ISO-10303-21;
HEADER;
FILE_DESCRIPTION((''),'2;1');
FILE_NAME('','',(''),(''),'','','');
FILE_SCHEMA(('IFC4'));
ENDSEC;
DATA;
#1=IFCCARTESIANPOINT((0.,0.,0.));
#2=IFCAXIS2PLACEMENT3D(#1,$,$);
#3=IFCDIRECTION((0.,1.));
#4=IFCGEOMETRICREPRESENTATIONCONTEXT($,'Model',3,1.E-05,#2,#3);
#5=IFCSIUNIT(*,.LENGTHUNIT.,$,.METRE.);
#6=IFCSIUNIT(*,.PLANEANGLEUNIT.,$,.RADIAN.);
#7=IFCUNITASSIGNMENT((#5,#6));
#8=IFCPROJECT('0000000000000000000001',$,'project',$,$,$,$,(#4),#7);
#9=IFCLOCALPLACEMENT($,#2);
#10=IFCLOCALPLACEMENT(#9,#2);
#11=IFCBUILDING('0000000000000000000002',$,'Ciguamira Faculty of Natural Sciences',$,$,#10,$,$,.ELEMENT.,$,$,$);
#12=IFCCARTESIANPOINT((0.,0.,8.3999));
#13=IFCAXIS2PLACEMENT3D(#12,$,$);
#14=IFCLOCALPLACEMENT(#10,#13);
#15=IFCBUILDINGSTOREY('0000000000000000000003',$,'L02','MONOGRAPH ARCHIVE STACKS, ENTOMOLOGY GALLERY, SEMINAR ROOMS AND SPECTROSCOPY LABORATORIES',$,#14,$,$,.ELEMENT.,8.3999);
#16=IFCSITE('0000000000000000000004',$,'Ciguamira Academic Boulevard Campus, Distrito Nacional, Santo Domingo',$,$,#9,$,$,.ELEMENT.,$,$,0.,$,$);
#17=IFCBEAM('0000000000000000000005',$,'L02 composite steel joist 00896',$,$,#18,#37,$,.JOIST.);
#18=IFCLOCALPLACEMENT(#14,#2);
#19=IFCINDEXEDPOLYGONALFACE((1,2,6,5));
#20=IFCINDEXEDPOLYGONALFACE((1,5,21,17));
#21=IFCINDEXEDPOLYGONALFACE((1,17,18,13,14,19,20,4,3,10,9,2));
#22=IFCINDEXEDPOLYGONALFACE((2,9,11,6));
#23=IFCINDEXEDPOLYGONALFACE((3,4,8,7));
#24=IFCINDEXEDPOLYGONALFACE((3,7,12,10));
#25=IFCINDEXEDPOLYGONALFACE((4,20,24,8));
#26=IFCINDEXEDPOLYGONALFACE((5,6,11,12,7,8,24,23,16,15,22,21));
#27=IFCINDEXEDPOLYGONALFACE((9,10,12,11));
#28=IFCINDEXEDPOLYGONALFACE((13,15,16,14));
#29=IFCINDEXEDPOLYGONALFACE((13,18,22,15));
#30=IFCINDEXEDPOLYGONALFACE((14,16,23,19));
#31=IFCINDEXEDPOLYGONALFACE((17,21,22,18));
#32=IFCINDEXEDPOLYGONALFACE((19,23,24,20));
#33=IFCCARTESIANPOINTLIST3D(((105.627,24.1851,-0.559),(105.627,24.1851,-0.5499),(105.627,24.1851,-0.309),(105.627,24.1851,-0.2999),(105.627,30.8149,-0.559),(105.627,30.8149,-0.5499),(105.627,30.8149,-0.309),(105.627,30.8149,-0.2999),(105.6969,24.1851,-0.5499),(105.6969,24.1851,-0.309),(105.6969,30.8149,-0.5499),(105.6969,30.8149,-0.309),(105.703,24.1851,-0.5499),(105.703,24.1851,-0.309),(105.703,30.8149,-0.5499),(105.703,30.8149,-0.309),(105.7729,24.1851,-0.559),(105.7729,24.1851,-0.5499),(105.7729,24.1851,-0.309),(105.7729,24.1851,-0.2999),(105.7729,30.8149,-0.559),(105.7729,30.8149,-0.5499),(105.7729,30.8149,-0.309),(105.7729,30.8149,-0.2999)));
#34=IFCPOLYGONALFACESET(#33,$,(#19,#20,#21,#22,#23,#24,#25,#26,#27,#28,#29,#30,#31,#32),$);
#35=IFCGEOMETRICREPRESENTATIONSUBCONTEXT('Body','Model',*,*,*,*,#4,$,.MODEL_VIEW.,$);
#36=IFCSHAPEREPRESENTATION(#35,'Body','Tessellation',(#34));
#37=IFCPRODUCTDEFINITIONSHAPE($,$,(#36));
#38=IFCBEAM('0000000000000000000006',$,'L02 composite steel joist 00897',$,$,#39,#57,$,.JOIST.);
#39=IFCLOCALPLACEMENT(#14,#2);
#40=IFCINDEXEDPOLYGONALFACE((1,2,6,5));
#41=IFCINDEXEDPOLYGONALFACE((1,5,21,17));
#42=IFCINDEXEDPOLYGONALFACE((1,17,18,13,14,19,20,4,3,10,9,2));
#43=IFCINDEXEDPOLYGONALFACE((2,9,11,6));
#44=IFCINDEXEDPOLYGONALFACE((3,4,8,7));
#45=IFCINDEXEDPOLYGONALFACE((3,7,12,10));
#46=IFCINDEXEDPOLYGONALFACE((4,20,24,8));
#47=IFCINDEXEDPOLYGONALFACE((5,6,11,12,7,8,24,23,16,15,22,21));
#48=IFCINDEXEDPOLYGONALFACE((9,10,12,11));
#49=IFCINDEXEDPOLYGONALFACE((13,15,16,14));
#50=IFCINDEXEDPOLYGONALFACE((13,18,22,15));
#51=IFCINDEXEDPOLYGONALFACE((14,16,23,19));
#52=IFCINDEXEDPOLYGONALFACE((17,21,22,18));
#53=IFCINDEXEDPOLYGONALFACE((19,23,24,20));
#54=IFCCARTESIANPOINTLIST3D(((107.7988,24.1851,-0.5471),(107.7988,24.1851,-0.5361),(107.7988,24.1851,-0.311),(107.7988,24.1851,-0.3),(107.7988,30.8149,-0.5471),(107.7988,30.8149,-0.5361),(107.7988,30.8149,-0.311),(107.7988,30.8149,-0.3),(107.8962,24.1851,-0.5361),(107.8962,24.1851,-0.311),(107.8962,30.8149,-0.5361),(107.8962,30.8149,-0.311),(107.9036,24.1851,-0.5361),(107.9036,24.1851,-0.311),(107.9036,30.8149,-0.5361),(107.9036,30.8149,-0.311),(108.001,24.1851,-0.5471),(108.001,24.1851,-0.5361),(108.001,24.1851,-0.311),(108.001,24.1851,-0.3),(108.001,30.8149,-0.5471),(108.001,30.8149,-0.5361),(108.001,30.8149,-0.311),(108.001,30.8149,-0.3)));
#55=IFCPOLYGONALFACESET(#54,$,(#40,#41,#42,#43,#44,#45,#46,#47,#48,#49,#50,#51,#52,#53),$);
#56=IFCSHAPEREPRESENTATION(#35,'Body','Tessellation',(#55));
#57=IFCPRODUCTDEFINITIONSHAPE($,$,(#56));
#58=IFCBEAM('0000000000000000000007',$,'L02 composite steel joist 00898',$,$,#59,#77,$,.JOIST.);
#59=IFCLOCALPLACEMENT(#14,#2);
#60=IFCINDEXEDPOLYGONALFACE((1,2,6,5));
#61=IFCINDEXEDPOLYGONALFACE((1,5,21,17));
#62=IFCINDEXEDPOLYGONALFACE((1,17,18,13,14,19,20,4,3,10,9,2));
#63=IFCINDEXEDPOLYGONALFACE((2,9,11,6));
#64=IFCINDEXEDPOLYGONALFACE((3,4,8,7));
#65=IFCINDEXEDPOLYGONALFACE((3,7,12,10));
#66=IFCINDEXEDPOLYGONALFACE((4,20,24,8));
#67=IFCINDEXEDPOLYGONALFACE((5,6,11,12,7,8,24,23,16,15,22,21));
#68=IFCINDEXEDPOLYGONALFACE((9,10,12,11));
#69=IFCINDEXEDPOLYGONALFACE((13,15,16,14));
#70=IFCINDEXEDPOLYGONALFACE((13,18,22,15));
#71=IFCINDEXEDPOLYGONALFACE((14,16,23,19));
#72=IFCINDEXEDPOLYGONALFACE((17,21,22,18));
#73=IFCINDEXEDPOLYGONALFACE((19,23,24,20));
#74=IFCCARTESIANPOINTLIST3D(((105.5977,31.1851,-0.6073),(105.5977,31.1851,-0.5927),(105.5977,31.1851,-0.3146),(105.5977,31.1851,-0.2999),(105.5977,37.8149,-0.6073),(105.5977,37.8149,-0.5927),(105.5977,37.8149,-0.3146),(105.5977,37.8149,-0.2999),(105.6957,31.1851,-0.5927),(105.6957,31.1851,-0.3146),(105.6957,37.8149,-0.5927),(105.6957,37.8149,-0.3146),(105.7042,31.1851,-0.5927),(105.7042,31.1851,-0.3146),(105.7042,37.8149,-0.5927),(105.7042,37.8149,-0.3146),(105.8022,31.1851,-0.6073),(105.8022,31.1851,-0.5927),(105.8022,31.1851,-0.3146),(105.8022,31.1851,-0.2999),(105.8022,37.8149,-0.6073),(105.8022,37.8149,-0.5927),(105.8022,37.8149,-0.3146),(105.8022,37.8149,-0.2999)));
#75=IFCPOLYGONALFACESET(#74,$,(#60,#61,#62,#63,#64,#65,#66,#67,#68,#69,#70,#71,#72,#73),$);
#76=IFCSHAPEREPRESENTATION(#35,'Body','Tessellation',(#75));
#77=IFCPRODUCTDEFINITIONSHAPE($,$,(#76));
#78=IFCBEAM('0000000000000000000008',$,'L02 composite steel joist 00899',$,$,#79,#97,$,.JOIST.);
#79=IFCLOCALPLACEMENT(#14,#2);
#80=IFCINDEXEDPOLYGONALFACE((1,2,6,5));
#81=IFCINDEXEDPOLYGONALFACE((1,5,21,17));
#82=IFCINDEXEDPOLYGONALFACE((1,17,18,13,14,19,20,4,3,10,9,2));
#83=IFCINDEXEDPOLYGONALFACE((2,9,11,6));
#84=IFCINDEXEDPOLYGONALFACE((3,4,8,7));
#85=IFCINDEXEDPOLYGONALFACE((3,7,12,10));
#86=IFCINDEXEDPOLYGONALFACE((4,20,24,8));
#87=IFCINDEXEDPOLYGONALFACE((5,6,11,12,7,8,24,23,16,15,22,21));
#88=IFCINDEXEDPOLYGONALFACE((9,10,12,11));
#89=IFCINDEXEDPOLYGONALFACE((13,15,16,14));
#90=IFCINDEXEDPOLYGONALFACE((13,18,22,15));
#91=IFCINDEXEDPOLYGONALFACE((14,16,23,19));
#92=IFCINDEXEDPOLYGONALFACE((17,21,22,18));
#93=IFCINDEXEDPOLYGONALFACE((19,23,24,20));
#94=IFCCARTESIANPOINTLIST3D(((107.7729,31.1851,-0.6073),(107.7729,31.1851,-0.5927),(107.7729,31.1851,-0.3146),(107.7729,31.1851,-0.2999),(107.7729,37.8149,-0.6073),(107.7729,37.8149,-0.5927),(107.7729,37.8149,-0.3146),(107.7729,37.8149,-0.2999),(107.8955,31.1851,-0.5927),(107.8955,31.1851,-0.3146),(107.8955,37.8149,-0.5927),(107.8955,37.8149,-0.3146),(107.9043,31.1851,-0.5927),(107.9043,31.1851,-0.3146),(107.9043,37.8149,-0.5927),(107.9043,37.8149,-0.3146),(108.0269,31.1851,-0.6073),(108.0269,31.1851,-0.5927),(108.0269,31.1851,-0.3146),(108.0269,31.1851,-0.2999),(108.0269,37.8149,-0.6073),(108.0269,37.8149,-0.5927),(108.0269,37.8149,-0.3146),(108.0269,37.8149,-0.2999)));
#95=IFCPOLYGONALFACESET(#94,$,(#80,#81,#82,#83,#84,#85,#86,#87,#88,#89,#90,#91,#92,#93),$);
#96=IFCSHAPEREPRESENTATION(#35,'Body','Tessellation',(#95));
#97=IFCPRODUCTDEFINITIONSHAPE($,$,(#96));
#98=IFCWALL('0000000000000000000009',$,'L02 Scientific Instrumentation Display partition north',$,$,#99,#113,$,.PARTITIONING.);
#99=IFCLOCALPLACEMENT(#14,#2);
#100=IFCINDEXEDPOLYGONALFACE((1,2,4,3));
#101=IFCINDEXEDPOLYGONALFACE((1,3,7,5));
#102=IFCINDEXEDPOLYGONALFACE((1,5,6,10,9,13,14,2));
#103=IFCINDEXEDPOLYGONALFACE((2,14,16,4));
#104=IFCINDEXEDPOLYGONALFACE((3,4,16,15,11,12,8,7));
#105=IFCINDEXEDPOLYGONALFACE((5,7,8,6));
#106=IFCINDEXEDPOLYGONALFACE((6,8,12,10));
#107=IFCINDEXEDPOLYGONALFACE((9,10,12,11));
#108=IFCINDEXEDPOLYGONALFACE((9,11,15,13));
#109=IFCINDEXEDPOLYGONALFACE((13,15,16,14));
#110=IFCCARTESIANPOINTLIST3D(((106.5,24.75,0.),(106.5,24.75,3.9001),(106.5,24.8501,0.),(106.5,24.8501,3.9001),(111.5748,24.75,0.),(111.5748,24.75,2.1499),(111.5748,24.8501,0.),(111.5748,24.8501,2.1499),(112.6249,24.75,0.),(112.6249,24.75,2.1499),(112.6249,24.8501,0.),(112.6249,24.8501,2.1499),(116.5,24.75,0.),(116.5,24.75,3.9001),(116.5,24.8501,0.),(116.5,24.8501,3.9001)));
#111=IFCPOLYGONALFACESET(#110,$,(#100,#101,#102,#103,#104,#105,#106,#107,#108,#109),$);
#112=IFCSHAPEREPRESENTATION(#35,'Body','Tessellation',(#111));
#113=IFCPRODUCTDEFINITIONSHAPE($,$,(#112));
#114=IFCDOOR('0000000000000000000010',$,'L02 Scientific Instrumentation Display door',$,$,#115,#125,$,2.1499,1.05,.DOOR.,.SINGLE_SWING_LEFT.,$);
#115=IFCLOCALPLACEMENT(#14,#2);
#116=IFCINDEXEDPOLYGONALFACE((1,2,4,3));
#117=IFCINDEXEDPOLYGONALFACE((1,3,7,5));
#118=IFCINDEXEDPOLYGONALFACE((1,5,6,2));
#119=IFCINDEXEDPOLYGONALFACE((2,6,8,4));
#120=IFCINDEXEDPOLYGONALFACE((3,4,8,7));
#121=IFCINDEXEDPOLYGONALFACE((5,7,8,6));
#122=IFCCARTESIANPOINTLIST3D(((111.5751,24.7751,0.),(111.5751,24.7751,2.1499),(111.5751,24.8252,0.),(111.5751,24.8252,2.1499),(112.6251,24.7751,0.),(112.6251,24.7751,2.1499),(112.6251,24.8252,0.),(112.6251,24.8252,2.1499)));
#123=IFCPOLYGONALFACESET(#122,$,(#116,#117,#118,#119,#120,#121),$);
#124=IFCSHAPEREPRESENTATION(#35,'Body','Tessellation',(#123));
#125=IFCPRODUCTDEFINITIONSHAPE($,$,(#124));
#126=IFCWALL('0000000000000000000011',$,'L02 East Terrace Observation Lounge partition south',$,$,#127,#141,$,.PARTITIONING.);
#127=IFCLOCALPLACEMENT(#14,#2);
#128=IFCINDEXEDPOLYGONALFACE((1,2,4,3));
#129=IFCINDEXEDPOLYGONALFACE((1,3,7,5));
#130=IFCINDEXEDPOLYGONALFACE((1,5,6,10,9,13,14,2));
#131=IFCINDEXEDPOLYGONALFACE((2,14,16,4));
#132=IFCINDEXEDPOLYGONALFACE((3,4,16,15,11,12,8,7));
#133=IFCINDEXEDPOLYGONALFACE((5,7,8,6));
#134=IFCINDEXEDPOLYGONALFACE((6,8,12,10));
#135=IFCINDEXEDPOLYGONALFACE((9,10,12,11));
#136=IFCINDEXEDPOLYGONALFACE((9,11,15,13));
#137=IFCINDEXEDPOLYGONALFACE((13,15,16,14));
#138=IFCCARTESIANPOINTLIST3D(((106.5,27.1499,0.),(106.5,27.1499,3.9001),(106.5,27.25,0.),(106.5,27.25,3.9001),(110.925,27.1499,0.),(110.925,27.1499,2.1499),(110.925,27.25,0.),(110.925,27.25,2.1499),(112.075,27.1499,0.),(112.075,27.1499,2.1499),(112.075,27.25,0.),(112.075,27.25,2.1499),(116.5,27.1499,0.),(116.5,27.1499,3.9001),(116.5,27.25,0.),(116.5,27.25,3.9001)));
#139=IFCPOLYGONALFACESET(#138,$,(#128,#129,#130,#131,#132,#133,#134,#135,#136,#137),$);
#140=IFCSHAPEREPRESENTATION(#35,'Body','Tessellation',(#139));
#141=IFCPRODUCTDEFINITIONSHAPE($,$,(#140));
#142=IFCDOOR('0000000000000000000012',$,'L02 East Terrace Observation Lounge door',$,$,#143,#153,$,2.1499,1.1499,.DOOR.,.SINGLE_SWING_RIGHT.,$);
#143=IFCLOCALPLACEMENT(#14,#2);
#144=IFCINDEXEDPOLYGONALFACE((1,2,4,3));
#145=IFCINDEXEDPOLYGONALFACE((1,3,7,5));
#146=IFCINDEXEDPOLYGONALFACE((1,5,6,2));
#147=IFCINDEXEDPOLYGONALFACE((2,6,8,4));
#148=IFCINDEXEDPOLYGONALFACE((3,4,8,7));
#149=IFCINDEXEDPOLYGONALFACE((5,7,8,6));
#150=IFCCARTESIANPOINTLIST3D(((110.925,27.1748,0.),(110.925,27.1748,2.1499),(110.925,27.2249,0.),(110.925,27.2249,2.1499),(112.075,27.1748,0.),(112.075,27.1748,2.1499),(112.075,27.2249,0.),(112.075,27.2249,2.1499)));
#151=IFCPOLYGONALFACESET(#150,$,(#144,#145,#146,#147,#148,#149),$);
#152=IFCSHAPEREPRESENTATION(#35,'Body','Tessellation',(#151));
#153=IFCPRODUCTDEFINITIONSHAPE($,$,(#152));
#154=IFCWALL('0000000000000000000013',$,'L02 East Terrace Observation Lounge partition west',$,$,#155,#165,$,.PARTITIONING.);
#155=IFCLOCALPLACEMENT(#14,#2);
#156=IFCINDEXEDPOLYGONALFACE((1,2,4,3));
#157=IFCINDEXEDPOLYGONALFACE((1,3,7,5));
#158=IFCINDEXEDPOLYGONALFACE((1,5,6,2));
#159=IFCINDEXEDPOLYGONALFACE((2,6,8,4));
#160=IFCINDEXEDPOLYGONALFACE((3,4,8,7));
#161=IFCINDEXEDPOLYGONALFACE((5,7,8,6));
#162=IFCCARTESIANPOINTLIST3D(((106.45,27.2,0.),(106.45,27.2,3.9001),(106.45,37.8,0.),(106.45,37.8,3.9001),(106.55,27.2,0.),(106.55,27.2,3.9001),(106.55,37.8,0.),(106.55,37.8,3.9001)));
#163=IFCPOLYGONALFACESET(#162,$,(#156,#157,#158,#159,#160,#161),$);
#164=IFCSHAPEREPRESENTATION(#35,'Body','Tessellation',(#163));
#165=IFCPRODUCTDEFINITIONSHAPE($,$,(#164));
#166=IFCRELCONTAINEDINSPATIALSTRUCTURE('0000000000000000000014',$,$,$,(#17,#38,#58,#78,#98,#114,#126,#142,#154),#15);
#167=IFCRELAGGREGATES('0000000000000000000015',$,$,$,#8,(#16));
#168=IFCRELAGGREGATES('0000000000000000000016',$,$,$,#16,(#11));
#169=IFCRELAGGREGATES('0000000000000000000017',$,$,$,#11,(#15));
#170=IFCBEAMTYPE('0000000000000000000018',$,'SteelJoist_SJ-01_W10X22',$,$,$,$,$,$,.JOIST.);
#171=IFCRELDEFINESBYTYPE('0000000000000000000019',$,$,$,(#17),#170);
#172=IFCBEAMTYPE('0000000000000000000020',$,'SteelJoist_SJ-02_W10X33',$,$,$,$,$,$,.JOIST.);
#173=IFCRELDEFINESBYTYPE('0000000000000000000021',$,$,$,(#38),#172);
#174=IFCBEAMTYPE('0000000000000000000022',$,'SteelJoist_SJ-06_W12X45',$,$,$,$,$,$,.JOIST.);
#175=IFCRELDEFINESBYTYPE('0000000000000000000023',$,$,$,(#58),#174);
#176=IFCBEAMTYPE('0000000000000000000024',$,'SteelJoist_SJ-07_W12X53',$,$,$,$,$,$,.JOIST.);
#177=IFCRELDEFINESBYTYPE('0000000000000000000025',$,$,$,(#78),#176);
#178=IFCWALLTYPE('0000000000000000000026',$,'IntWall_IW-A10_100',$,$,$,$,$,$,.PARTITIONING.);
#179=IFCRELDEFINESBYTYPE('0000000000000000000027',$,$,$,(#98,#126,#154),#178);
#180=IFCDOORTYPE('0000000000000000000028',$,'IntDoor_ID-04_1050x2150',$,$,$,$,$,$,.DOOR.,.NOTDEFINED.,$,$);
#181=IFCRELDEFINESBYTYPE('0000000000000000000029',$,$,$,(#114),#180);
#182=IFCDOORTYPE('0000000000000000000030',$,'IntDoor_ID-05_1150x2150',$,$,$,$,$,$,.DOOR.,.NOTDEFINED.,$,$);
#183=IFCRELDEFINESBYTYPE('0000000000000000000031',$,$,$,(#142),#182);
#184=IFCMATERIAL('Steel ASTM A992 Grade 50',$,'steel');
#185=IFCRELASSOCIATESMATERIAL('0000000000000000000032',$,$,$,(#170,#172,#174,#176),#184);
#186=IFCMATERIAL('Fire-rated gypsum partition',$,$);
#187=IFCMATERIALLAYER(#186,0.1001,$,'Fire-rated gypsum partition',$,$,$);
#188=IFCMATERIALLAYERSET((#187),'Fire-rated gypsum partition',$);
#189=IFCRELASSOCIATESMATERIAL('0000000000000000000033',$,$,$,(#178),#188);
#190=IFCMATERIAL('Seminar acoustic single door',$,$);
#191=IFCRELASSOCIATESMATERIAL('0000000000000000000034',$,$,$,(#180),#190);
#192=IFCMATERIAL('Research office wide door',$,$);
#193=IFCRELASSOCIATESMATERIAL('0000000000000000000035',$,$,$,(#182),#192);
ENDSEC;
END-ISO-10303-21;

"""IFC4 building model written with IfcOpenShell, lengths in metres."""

from ifc_helpers import new_model, si_unit, direction, frame, frame_2d, origin, origin_2d, place, context, subcontext, project, spatial, rectangle, i_section, extrude, material, layer, layer_set, material_profile, profile_set, type_object, element, fill, save


model = new_model("IFC4")

# Units and contexts
model_context = context("Model", 3, precision=1e-05, world=origin(), true_north=direction((0.0, 1.0)))
body_context = subcontext(model_context, "Body", "Model", "MODEL_VIEW")
ifc_project = project(units=[si_unit("LENGTHUNIT", "METRE"), si_unit("PLANEANGLEUNIT", "RADIAN")], contexts=[model_context])

# Site, building, storey
site_placement = place(None, origin())
site = spatial("IfcSite", under=ifc_project, at=site_placement, Name="Ciguamira Academic Boulevard Campus, Distrito Nacional, Santo Domingo", CompositionType="ELEMENT", RefElevation=0.0)
building_placement = place(site_placement, origin())
building = spatial("IfcBuilding", under=site, at=building_placement, Name="Ciguamira Faculty of Natural Sciences", CompositionType="ELEMENT")
storey_placement = place(building_placement, frame((0.0, 0.0, 8.3999)))
storey = spatial("IfcBuildingStorey", under=building, at=storey_placement, Name="L02", Description="MONOGRAPH ARCHIVE STACKS, ENTOMOLOGY GALLERY, SEMINAR ROOMS AND SPECTROSCOPY LABORATORIES", CompositionType="ELEMENT", Elevation=8.3999)

# Beams
ifc_material_1 = material(Name="Steel ASTM A992 Grade 50", Category="steel")
ifc_material_profile_1 = material_profile(ifc_material_1, i_section(OverallWidth=0.146, OverallDepth=0.259, WebThickness=0.0061, FlangeThickness=0.009, at=origin_2d()), Name="W10X22")
ifc_profile_set_1 = profile_set([ifc_material_profile_1], Name="Steel ASTM A992 Grade 50")
beam_type_1 = type_object("IfcBeamType", Name="SteelJoist_SJ-01_W10X22", PredefinedType="JOIST", material=ifc_profile_set_1)
beam_1_placement = place(storey_placement, frame((105.7, 24.1851, -0.4294), z_axis=(0.0, 1.0, 0.0), x_axis=(-1.0, 0.0, 0.0)))
element("IfcBeam", 1, at=beam_1_placement, inside=storey, type_object=beam_type_1, Name="L02 composite steel joist 00896", PredefinedType="JOIST", context=body_context, shape_type="SweptSolid", body=[
    extrude(i_section(OverallWidth=0.146, OverallDepth=0.259, WebThickness=0.0061, FlangeThickness=0.009, at=origin_2d()), origin(), (0.0, 0.0, 1.0), 6.6299),
])
ifc_material_profile_2 = material_profile(ifc_material_1, i_section(OverallWidth=0.2021, OverallDepth=0.2471, WebThickness=0.0073, FlangeThickness=0.011, at=origin_2d()), Name="W10X33")
ifc_profile_set_2 = profile_set([ifc_material_profile_2], Name="Steel ASTM A992 Grade 50")
beam_type_2 = type_object("IfcBeamType", Name="SteelJoist_SJ-02_W10X33", PredefinedType="JOIST", material=ifc_profile_set_2)
beam_2_placement = place(storey_placement, frame((107.8999, 24.1851, -0.4236), z_axis=(0.0, 1.0, 0.0), x_axis=(-1.0, 0.0, 0.0)))
element("IfcBeam", 2, at=beam_2_placement, inside=storey, type_object=beam_type_2, Name="L02 composite steel joist 00897", PredefinedType="JOIST", context=body_context, shape_type="SweptSolid", body=[
    extrude(i_section(OverallWidth=0.2021, OverallDepth=0.2471, WebThickness=0.0073, FlangeThickness=0.011, at=origin_2d()), origin(), (0.0, 0.0, 1.0), 6.6299),
])
ifc_material_profile_3 = material_profile(ifc_material_1, i_section(OverallWidth=0.2046, OverallDepth=0.3074, WebThickness=0.0085, FlangeThickness=0.0146, at=origin_2d()), Name="W12X45")
ifc_profile_set_3 = profile_set([ifc_material_profile_3], Name="Steel ASTM A992 Grade 50")
beam_type_3 = type_object("IfcBeamType", Name="SteelJoist_SJ-06_W12X45", PredefinedType="JOIST", material=ifc_profile_set_3)
beam_3_placement = place(storey_placement, frame((105.7, 31.1851, -0.4536), z_axis=(0.0, 1.0, 0.0), x_axis=(-1.0, 0.0, 0.0)))
element("IfcBeam", 3, at=beam_3_placement, inside=storey, type_object=beam_type_3, Name="L02 composite steel joist 00898", PredefinedType="JOIST", context=body_context, shape_type="SweptSolid", body=[
    extrude(i_section(OverallWidth=0.2046, OverallDepth=0.3074, WebThickness=0.0085, FlangeThickness=0.0146, at=origin_2d()), origin(), (0.0, 0.0, 1.0), 6.6299),
])
ifc_material_profile_4 = material_profile(ifc_material_1, i_section(OverallWidth=0.2539, OverallDepth=0.3074, WebThickness=0.0088, FlangeThickness=0.0146, at=origin_2d()), Name="W12X53")
ifc_profile_set_4 = profile_set([ifc_material_profile_4], Name="Steel ASTM A992 Grade 50")
beam_type_4 = type_object("IfcBeamType", Name="SteelJoist_SJ-07_W12X53", PredefinedType="JOIST", material=ifc_profile_set_4)
beam_4_placement = place(storey_placement, frame((107.8999, 31.1851, -0.4536), z_axis=(0.0, 1.0, 0.0), x_axis=(-1.0, 0.0, 0.0)))
element("IfcBeam", 4, at=beam_4_placement, inside=storey, type_object=beam_type_4, Name="L02 composite steel joist 00899", PredefinedType="JOIST", context=body_context, shape_type="SweptSolid", body=[
    extrude(i_section(OverallWidth=0.2539, OverallDepth=0.3074, WebThickness=0.0088, FlangeThickness=0.0146, at=origin_2d()), origin(), (0.0, 0.0, 1.0), 6.6299),
])

# Walls, openings, doors
ifc_material_2 = material(Name="Fire-rated gypsum partition")
ifc_layer = layer(ifc_material_2, 0.1001, Name="Fire-rated gypsum partition")
ifc_layer_set = layer_set([ifc_layer], Name="Fire-rated gypsum partition")
wall_type = type_object("IfcWallType", Name="IntWall_IW-A10_100", PredefinedType="PARTITIONING", material=ifc_layer_set)
wall_1_placement = place(storey_placement, frame((106.5, 24.8, 0.0), z_axis=(0.0, 0.0, 1.0), x_axis=(1.0, 0.0, 0.0)))
wall_1 = element("IfcWall", 5, at=wall_1_placement, inside=storey, type_object=wall_type, Name="L02 Scientific Instrumentation Display partition north", PredefinedType="PARTITIONING", context=body_context, shape_type="SweptSolid", body=[
    extrude(rectangle(XDim=10.0, YDim=0.1001, at=frame_2d((5.0, 0.0))), origin(), (0.0, 0.0, 1.0), 3.9001),
])
opening_1_placement = place(wall_1_placement, frame((5.075, 0.0, 0.0)))
opening_1 = element("IfcOpeningElement", 6, at=opening_1_placement, cuts=wall_1, PredefinedType="OPENING", context=body_context, shape_type="SweptSolid", body=[
    extrude(rectangle(XDim=1.05, YDim=2.1499, at=frame_2d((0.5249, 1.075))), frame((0.0, 0.0601, 0.0), z_axis=(0.0, -1.0, 0.0), x_axis=(1.0, 0.0, 0.0)), (0.0, 0.0, 1.0), 0.1201),
])
ifc_material_3 = material(Name="Seminar acoustic single door")
door_type_1 = type_object("IfcDoorType", Name="IntDoor_ID-04_1050x2150", OperationType="NOTDEFINED", PredefinedType="DOOR", material=ifc_material_3)
door_1_placement = place(opening_1_placement, frame((1.05, 0.0, 0.0), z_axis=(0.0, 0.0, 1.0), x_axis=(-1.0, 0.0, 0.0)))
door_1 = element("IfcDoor", 7, at=door_1_placement, inside=storey, type_object=door_type_1, Name="L02 Scientific Instrumentation Display door", OperationType="SINGLE_SWING_LEFT", OverallHeight=2.1499, OverallWidth=1.05, PredefinedType="DOOR", context=body_context, shape_type="SweptSolid", body=[
    extrude(rectangle(XDim=1.05, YDim=2.1499, at=frame_2d((0.5249, 1.075))), frame((0.0, 0.0249, 0.0), z_axis=(0.0, -1.0, 0.0), x_axis=(1.0, 0.0, 0.0)), (0.0, 0.0, 1.0), 0.05),
])
fill(opening_1, door_1)
wall_2_placement = place(storey_placement, frame((106.5, 27.2, 0.0), z_axis=(0.0, 0.0, 1.0), x_axis=(1.0, 0.0, 0.0)))
wall_2 = element("IfcWall", 8, at=wall_2_placement, inside=storey, type_object=wall_type, Name="L02 East Terrace Observation Lounge partition south", PredefinedType="PARTITIONING", context=body_context, shape_type="SweptSolid", body=[
    extrude(rectangle(XDim=10.0, YDim=0.1001, at=frame_2d((5.0, 0.0))), origin(), (0.0, 0.0, 1.0), 3.9001),
])
opening_2_placement = place(wall_2_placement, frame((4.425, 0.0, 0.0)))
opening_2 = element("IfcOpeningElement", 9, at=opening_2_placement, cuts=wall_2, PredefinedType="OPENING", context=body_context, shape_type="SweptSolid", body=[
    extrude(rectangle(XDim=1.1499, YDim=2.1499, at=frame_2d((0.575, 1.075))), frame((0.0, 0.0601, 0.0), z_axis=(0.0, -1.0, 0.0), x_axis=(1.0, 0.0, 0.0)), (0.0, 0.0, 1.0), 0.1201),
])
ifc_material_4 = material(Name="Research office wide door")
door_type_2 = type_object("IfcDoorType", Name="IntDoor_ID-05_1150x2150", OperationType="NOTDEFINED", PredefinedType="DOOR", material=ifc_material_4)
door_2_placement = place(opening_2_placement, origin())
door_2 = element("IfcDoor", 10, at=door_2_placement, inside=storey, type_object=door_type_2, Name="L02 East Terrace Observation Lounge door", OperationType="SINGLE_SWING_RIGHT", OverallHeight=2.1499, OverallWidth=1.1499, PredefinedType="DOOR", context=body_context, shape_type="SweptSolid", body=[
    extrude(rectangle(XDim=1.1499, YDim=2.1499, at=frame_2d((0.575, 1.075))), frame((0.0, 0.0249, 0.0), z_axis=(0.0, -1.0, 0.0), x_axis=(1.0, 0.0, 0.0)), (0.0, 0.0, 1.0), 0.05),
])
fill(opening_2, door_2)

# Wall
wall_3_placement = place(storey_placement, frame((106.5, 27.2, 0.0), z_axis=(0.0, 0.0, 1.0), x_axis=(0.0, 1.0, 0.0)))
element("IfcWall", 11, at=wall_3_placement, inside=storey, type_object=wall_type, Name="L02 East Terrace Observation Lounge partition west", PredefinedType="PARTITIONING", context=body_context, shape_type="SweptSolid", body=[
    extrude(rectangle(XDim=10.6001, YDim=0.1001, at=frame_2d((5.3, 0.0))), origin(), (0.0, 0.0, 1.0), 3.9001),
])

save(model, "model.ifc")
